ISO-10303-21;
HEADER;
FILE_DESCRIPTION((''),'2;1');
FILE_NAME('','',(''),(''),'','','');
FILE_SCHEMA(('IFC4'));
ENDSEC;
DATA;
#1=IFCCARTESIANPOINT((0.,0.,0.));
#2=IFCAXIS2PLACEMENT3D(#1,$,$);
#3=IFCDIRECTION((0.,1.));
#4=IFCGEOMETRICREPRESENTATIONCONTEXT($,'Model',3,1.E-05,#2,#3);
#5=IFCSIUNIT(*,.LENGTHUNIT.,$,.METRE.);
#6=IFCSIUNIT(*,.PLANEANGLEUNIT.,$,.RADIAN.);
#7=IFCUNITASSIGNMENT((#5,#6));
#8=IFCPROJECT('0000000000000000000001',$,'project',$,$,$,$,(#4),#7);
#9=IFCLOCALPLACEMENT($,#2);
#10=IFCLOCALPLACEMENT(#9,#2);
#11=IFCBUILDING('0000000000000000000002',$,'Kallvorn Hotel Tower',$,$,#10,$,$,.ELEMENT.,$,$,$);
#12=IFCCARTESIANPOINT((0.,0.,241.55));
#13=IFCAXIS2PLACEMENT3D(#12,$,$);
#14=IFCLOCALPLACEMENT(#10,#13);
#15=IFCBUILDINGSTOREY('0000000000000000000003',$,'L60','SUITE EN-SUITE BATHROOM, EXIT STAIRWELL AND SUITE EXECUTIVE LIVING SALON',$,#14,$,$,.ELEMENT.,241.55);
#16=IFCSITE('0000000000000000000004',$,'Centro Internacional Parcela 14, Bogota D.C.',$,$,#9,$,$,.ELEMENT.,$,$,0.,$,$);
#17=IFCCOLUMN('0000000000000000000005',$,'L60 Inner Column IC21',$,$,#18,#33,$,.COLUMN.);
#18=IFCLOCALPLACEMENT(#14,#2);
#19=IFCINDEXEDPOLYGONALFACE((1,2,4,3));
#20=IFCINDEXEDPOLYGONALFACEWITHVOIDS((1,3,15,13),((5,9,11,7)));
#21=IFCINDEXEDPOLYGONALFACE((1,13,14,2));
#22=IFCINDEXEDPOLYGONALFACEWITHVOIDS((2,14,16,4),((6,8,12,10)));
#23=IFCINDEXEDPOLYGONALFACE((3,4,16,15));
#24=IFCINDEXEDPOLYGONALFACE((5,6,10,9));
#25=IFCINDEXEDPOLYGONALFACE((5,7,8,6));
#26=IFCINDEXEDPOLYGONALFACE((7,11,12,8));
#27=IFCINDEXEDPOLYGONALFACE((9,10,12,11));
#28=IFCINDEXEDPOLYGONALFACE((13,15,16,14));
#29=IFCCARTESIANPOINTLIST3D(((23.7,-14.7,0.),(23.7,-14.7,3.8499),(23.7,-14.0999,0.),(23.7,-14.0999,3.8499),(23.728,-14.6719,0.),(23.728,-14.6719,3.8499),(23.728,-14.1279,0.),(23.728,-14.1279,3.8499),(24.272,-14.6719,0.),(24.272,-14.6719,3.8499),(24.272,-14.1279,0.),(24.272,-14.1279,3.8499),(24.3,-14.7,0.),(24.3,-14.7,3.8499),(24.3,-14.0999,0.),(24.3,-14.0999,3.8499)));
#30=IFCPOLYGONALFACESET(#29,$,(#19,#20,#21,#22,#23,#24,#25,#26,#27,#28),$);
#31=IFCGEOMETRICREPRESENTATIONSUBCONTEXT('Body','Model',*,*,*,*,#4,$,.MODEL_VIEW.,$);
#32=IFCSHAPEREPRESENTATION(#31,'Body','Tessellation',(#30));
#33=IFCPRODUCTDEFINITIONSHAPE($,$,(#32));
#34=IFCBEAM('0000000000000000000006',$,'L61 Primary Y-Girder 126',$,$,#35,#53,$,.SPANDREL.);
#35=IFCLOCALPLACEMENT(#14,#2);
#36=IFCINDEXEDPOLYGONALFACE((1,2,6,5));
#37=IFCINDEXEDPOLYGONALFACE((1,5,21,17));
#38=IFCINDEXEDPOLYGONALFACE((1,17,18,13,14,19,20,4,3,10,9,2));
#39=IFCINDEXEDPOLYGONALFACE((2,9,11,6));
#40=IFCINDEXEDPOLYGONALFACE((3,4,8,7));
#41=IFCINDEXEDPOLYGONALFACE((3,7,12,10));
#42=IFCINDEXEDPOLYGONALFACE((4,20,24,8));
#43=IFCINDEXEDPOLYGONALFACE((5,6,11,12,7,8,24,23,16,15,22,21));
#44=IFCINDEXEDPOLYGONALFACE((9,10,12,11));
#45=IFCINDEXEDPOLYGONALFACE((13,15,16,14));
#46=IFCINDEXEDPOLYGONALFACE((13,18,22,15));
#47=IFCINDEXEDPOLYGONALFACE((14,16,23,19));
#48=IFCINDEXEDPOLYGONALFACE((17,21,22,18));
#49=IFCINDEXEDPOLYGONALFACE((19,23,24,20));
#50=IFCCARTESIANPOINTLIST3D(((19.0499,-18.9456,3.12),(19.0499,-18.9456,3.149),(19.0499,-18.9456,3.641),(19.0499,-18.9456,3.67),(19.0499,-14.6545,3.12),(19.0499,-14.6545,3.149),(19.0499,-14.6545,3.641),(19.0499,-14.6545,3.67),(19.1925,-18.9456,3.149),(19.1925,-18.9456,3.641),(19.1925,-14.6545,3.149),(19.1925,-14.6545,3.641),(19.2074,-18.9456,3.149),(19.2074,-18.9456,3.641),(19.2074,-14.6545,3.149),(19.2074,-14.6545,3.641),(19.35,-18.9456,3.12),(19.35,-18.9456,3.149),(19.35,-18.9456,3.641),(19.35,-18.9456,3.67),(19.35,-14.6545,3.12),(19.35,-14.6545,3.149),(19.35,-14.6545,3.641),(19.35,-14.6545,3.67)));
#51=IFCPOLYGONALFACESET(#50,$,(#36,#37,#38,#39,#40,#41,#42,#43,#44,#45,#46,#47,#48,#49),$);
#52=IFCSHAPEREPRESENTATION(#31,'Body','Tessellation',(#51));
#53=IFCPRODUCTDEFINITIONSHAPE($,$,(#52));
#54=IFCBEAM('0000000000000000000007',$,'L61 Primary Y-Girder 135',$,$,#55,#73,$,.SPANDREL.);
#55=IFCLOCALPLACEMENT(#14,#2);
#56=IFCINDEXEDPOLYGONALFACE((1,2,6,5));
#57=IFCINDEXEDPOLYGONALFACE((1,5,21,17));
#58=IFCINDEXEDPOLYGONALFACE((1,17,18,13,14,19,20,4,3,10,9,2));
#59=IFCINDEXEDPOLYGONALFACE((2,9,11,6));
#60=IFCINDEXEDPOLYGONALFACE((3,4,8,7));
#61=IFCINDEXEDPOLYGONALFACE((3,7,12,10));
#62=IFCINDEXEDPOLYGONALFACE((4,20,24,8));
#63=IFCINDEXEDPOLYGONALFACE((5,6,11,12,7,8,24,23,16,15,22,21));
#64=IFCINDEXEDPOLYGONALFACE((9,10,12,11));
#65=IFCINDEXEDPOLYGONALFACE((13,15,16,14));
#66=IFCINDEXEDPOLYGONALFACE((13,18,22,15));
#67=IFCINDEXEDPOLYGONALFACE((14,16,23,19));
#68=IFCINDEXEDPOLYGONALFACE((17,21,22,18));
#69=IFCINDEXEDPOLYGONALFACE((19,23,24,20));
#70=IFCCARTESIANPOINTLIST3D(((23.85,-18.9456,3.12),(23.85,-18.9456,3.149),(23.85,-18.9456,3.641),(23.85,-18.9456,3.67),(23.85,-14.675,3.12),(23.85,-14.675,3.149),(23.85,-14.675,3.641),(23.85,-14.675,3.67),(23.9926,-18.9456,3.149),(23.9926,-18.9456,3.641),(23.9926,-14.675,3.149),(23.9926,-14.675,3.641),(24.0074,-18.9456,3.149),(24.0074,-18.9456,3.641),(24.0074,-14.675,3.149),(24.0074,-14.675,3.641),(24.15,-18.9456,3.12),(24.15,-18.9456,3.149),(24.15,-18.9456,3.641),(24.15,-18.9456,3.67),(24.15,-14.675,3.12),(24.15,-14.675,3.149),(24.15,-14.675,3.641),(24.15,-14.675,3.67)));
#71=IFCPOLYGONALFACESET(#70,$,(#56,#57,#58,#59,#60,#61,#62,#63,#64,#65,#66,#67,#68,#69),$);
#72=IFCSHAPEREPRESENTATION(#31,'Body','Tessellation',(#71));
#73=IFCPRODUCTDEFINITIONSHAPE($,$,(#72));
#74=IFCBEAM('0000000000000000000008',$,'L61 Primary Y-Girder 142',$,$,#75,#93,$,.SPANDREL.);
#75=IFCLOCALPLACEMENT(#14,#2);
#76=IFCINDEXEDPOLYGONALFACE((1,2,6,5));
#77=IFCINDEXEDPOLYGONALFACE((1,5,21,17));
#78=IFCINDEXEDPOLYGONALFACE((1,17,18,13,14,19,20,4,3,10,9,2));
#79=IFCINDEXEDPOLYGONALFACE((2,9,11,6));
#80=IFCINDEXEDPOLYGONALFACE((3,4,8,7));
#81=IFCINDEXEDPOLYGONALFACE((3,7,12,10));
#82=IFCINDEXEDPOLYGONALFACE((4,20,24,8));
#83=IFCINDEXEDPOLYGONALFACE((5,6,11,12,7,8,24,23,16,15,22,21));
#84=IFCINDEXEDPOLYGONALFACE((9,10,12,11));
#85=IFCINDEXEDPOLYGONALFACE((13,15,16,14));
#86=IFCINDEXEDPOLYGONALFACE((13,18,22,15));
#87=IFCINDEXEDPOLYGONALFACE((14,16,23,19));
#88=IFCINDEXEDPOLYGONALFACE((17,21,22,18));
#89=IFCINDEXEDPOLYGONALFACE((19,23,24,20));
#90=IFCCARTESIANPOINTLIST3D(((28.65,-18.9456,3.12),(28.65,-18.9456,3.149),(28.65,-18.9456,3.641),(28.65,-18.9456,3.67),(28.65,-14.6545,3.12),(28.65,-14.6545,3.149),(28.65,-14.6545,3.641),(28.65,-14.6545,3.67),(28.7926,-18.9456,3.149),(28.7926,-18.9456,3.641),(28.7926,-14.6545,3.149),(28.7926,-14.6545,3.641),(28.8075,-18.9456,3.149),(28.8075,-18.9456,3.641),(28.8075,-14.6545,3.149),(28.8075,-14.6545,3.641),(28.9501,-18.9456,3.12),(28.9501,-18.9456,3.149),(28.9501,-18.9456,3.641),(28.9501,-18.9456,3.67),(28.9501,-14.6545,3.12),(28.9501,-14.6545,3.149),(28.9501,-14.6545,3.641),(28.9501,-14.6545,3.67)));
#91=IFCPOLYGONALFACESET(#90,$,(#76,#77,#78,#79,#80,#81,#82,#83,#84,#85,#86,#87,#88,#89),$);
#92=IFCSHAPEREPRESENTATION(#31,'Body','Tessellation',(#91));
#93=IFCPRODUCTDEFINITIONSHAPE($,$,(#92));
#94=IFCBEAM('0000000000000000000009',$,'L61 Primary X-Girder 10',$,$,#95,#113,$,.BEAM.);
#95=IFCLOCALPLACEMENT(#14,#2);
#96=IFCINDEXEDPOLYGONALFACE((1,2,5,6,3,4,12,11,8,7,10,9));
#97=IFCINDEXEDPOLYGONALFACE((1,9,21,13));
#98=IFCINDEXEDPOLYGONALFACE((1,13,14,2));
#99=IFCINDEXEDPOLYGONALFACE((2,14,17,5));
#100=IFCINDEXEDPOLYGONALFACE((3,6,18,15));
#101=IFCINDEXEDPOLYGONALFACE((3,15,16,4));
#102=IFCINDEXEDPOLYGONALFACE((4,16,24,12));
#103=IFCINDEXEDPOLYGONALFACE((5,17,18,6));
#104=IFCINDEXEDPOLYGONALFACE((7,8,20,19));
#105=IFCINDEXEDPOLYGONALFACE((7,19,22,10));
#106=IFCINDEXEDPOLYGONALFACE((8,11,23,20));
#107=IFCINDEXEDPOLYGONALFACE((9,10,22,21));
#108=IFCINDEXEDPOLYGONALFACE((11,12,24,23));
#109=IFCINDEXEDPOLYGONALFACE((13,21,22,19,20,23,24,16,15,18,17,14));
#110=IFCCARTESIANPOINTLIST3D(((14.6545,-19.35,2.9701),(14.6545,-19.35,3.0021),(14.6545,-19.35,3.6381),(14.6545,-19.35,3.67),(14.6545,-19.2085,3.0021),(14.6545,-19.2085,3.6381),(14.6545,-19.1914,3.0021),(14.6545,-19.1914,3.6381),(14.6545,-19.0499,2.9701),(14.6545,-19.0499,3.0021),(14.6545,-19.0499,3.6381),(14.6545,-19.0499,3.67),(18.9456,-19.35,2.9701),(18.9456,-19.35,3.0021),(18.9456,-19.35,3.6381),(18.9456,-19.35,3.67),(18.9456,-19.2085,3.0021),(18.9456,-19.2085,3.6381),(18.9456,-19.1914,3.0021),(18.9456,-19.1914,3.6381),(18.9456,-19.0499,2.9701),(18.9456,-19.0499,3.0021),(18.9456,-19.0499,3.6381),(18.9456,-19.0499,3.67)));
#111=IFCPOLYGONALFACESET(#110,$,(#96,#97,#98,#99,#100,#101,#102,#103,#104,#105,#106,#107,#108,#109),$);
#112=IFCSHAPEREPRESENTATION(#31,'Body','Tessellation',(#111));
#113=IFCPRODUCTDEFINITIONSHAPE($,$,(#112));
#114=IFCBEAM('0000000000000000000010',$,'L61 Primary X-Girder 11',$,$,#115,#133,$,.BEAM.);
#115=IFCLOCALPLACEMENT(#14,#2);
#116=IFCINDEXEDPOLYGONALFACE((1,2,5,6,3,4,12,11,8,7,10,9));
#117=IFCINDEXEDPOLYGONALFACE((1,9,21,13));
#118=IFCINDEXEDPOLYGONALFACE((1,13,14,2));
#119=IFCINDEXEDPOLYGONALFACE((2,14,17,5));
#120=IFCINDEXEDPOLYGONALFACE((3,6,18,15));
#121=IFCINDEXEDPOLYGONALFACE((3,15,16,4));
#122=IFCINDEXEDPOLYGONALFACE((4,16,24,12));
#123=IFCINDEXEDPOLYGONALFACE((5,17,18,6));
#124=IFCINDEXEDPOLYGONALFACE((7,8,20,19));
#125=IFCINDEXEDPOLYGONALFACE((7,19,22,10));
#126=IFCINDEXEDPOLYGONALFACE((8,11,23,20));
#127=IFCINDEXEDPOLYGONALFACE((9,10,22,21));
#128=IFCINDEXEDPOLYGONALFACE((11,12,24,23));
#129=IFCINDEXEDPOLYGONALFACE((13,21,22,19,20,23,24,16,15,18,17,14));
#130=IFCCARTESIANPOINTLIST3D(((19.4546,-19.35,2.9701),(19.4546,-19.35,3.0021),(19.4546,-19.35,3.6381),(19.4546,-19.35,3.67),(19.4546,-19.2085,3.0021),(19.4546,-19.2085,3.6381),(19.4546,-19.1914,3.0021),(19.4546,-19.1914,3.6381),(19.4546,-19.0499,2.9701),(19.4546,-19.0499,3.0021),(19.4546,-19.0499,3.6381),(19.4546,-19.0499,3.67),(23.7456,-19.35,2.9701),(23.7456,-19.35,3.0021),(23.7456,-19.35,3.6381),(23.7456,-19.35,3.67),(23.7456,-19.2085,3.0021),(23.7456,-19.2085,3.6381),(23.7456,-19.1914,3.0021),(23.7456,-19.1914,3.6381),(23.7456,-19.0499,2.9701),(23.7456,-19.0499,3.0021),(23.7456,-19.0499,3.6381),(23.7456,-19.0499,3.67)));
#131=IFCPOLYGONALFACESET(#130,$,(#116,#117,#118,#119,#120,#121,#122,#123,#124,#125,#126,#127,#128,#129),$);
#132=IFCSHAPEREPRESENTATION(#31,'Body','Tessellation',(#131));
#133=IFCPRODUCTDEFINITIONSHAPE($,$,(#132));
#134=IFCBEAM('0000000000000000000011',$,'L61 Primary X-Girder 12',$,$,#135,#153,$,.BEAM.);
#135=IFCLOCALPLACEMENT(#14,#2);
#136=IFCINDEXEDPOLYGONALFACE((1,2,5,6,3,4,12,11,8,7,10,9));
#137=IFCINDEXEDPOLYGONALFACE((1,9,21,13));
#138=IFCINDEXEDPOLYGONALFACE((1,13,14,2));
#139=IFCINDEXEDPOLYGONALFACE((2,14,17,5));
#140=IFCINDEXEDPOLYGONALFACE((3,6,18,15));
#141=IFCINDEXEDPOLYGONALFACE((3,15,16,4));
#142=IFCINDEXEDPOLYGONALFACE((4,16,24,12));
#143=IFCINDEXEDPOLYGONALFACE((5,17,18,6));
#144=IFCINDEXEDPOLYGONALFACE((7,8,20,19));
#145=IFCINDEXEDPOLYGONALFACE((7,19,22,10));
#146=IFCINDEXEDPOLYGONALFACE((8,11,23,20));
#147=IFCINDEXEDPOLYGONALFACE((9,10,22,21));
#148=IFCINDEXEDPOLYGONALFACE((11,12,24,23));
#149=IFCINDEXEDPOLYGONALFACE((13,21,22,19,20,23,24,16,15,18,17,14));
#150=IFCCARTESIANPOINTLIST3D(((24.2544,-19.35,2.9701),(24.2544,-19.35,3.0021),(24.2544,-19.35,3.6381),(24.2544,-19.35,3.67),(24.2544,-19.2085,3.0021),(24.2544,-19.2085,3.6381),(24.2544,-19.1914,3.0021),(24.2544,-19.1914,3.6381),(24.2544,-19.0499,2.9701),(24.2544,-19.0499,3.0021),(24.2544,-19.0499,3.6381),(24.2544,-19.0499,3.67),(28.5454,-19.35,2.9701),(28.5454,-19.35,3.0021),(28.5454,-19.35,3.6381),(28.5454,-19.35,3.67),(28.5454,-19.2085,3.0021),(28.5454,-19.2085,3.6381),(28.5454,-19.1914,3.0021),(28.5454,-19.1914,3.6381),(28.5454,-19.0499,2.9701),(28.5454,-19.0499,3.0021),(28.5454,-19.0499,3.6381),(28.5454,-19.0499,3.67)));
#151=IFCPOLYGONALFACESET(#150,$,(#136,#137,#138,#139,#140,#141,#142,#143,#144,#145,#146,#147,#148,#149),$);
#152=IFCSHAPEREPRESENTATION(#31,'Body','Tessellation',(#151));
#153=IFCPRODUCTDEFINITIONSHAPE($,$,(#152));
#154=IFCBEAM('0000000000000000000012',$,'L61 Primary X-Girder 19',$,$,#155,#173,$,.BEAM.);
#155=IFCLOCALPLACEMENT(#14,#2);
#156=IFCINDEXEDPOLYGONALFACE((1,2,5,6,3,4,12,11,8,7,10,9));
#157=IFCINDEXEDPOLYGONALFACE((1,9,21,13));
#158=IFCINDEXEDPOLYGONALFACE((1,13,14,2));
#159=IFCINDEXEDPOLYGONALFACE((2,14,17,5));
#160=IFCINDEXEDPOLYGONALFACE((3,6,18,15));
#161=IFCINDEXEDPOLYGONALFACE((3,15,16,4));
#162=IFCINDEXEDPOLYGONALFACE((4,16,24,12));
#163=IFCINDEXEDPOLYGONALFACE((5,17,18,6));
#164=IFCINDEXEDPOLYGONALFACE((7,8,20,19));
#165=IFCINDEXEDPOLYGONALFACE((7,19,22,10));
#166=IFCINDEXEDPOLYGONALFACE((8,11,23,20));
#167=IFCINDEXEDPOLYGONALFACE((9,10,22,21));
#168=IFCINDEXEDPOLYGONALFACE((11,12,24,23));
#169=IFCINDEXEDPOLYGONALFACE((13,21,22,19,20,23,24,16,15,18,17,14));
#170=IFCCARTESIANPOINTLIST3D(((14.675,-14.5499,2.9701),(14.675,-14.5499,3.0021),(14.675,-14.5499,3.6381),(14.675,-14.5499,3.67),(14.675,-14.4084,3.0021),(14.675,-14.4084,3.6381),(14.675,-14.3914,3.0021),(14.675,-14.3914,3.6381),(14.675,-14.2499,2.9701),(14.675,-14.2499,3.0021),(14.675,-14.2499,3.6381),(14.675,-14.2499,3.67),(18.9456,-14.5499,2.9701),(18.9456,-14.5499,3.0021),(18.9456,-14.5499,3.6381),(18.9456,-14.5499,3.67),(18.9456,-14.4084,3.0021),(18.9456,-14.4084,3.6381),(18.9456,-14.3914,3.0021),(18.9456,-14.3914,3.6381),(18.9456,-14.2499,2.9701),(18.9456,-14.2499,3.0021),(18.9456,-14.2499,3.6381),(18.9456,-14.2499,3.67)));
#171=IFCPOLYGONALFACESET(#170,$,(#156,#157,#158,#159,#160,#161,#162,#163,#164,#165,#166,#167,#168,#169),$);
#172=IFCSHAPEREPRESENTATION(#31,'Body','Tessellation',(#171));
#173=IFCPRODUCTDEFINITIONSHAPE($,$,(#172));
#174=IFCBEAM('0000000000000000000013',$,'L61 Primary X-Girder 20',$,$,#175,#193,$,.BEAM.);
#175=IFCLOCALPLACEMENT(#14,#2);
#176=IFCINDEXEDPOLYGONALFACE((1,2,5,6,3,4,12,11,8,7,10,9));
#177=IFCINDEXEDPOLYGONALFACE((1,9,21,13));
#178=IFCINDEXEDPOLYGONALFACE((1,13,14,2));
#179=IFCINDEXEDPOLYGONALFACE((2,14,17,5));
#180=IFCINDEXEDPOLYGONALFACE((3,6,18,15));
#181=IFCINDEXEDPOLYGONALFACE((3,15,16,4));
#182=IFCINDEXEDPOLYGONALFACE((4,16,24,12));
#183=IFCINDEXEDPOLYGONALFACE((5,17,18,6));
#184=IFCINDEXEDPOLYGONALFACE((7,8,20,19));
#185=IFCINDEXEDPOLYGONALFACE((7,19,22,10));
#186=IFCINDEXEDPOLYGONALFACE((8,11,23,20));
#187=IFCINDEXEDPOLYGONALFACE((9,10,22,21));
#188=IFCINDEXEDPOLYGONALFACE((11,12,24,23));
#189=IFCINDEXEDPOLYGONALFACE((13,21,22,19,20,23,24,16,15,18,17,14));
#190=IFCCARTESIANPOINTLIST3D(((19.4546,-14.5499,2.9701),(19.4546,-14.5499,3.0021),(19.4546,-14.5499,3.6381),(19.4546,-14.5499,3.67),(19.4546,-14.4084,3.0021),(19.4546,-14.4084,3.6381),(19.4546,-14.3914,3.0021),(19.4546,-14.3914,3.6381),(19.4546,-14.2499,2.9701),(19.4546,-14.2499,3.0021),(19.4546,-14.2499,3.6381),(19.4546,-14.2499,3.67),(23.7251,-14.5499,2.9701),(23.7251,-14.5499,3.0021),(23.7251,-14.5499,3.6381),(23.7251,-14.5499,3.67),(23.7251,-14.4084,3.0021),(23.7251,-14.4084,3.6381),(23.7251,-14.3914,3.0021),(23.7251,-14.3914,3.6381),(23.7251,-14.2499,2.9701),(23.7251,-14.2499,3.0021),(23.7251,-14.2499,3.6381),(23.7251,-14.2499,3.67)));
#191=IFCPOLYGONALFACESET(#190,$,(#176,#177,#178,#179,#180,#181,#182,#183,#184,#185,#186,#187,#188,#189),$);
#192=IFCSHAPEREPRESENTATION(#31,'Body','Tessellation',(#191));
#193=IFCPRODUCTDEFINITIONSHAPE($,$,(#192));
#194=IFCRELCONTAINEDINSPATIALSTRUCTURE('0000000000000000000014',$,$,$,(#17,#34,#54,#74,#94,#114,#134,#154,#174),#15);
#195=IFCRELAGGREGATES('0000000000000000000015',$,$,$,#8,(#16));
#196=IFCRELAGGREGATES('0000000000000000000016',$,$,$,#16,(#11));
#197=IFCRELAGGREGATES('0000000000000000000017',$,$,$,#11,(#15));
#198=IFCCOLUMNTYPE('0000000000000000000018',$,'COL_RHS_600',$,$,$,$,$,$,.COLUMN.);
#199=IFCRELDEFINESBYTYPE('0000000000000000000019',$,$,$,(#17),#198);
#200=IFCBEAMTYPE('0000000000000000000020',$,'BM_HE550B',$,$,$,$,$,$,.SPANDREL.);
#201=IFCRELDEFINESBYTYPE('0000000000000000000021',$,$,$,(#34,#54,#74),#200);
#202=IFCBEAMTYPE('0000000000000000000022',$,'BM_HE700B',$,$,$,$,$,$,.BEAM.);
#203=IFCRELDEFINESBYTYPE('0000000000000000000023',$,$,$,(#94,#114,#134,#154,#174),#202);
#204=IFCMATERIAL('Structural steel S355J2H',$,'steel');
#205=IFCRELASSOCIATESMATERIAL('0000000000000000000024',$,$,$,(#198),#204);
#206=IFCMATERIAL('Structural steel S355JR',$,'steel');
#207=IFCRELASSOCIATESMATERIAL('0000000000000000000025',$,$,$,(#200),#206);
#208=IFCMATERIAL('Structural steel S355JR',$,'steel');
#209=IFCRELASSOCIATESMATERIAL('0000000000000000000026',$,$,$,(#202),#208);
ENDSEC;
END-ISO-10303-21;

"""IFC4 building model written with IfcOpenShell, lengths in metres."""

from ifc_helpers import new_model, si_unit, direction, frame, origin, origin_2d, place, context, subcontext, project, spatial, hollow_rectangle, i_section, extrude, material, material_profile, profile_set, type_object, element, save


model = new_model("IFC4")

# Units and contexts
model_context = context("Model", 3, precision=1e-05, world=origin(), true_north=direction((0.0, 1.0)))
body_context = subcontext(model_context, "Body", "Model", "MODEL_VIEW")
ifc_project = project(units=[si_unit("LENGTHUNIT", "METRE"), si_unit("PLANEANGLEUNIT", "RADIAN")], contexts=[model_context])

# Site, building, storey
site_placement = place(None, origin())
site = spatial("IfcSite", under=ifc_project, at=site_placement, Name="Centro Internacional Parcela 14, Bogota D.C.", CompositionType="ELEMENT", RefElevation=0.0)
building_placement = place(site_placement, origin())
building = spatial("IfcBuilding", under=site, at=building_placement, Name="Kallvorn Hotel Tower", CompositionType="ELEMENT")
storey_placement = place(building_placement, frame((0.0, 0.0, 241.55)))
storey = spatial("IfcBuildingStorey", under=building, at=storey_placement, Name="L60", Description="SUITE EN-SUITE BATHROOM, EXIT STAIRWELL AND SUITE EXECUTIVE LIVING SALON", CompositionType="ELEMENT", Elevation=241.55)

# Column
ifc_material_1 = material(Name="Structural steel S355J2H", Category="steel")
ifc_material_profile_1 = material_profile(ifc_material_1, hollow_rectangle(XDim=0.6001, YDim=0.6001, WallThickness=0.0281, at=origin_2d()), Name="RHS 600x600x28")
ifc_profile_set_1 = profile_set([ifc_material_profile_1], Name="Structural steel S355J2H")
column_type_1 = type_object("IfcColumnType", Name="COL_RHS_600", PredefinedType="COLUMN", material=ifc_profile_set_1)
column_placement = place(storey_placement, frame((24.0, -14.3999, 0.0), z_axis=(0.0, 0.0, 1.0), x_axis=(1.0, 0.0, 0.0)))
element("IfcColumn", 1, at=column_placement, inside=storey, type_object=column_type_1, Name="L60 Inner Column IC21", PredefinedType="COLUMN", context=body_context, shape_type="SweptSolid", body=[
    extrude(hollow_rectangle(XDim=0.6001, YDim=0.6001, WallThickness=0.0281, at=origin_2d()), origin(), (0.0, 0.0, 1.0), 3.8499),
])

# Beams
ifc_material_2 = material(Name="Structural steel S355JR", Category="steel")
ifc_material_profile_2 = material_profile(ifc_material_2, i_section(OverallWidth=0.3, OverallDepth=0.55, WebThickness=0.0149, FlangeThickness=0.0291, at=origin_2d()), Name="HE 550 B")
ifc_profile_set_2 = profile_set([ifc_material_profile_2], Name="Structural steel S355JR")
beam_type_1 = type_object("IfcBeamType", Name="BM_HE550B", PredefinedType="SPANDREL", material=ifc_profile_set_2)
beam_1_placement = place(storey_placement, frame((19.2, -18.9456, 3.395), z_axis=(0.0, 1.0, 0.0), x_axis=(-1.0, 0.0, 0.0)))
element("IfcBeam", 2, at=beam_1_placement, inside=storey, type_object=beam_type_1, Name="L61 Primary Y-Girder 126", PredefinedType="SPANDREL", context=body_context, shape_type="SweptSolid", body=[
    extrude(i_section(OverallWidth=0.3, OverallDepth=0.55, WebThickness=0.0149, FlangeThickness=0.0291, at=origin_2d()), origin(), (0.0, 0.0, 1.0), 4.291),
])
beam_2_placement = place(storey_placement, frame((24.0, -18.9456, 3.395), z_axis=(0.0, 1.0, 0.0), x_axis=(-1.0, 0.0, 0.0)))
element("IfcBeam", 3, at=beam_2_placement, inside=storey, type_object=beam_type_1, Name="L61 Primary Y-Girder 135", PredefinedType="SPANDREL", context=body_context, shape_type="SweptSolid", body=[
    extrude(i_section(OverallWidth=0.3, OverallDepth=0.55, WebThickness=0.0149, FlangeThickness=0.0291, at=origin_2d()), origin(), (0.0, 0.0, 1.0), 4.2705),
])
beam_3_placement = place(storey_placement, frame((28.8, -18.9456, 3.395), z_axis=(0.0, 1.0, 0.0), x_axis=(-1.0, 0.0, 0.0)))
element("IfcBeam", 4, at=beam_3_placement, inside=storey, type_object=beam_type_1, Name="L61 Primary Y-Girder 142", PredefinedType="SPANDREL", context=body_context, shape_type="SweptSolid", body=[
    extrude(i_section(OverallWidth=0.3, OverallDepth=0.55, WebThickness=0.0149, FlangeThickness=0.0291, at=origin_2d()), origin(), (0.0, 0.0, 1.0), 4.291),
])
ifc_material_3 = material(Name="Structural steel S355JR", Category="steel")
ifc_material_profile_3 = material_profile(ifc_material_3, i_section(OverallWidth=0.3, OverallDepth=0.7, WebThickness=0.0171, FlangeThickness=0.032, at=origin_2d()), Name="HE 700 B")
ifc_profile_set_3 = profile_set([ifc_material_profile_3], Name="Structural steel S355JR")
beam_type_2 = type_object("IfcBeamType", Name="BM_HE700B", PredefinedType="BEAM", material=ifc_profile_set_3)
for number, where, z_axis, x_axis, name in (
    (5, (14.6545, -19.2, 3.3201), (1.0, 0.0, 0.0), (0.0, 1.0, 0.0), "L61 Primary X-Girder 10"),
    (6, (19.4546, -19.2, 3.3201), (1.0, 0.0, 0.0), (0.0, 1.0, 0.0), "L61 Primary X-Girder 11"),
    (7, (24.2544, -19.2, 3.3201), (1.0, 0.0, 0.0), (0.0, 1.0, 0.0), "L61 Primary X-Girder 12"),
):
    element("IfcBeam", number, at=place(storey_placement, frame(where, z_axis=z_axis, x_axis=x_axis)), inside=storey, type_object=beam_type_2, Name=name, PredefinedType="BEAM", context=body_context, shape_type="SweptSolid", body=[
        extrude(i_section(OverallWidth=0.3, OverallDepth=0.7, WebThickness=0.0171, FlangeThickness=0.032, at=origin_2d()), origin(), (0.0, 0.0, 1.0), 4.291),
    ])
for number, where, z_axis, x_axis, name in (
    (8, (14.675, -14.3999, 3.3201), (1.0, 0.0, 0.0), (0.0, 1.0, 0.0), "L61 Primary X-Girder 19"),
    (9, (19.4546, -14.3999, 3.3201), (1.0, 0.0, 0.0), (0.0, 1.0, 0.0), "L61 Primary X-Girder 20"),
):
    element("IfcBeam", number, at=place(storey_placement, frame(where, z_axis=z_axis, x_axis=x_axis)), inside=storey, type_object=beam_type_2, Name=name, PredefinedType="BEAM", context=body_context, shape_type="SweptSolid", body=[
        extrude(i_section(OverallWidth=0.3, OverallDepth=0.7, WebThickness=0.0171, FlangeThickness=0.032, at=origin_2d()), origin(), (0.0, 0.0, 1.0), 4.2705),
    ])

save(model, "model.ifc")
